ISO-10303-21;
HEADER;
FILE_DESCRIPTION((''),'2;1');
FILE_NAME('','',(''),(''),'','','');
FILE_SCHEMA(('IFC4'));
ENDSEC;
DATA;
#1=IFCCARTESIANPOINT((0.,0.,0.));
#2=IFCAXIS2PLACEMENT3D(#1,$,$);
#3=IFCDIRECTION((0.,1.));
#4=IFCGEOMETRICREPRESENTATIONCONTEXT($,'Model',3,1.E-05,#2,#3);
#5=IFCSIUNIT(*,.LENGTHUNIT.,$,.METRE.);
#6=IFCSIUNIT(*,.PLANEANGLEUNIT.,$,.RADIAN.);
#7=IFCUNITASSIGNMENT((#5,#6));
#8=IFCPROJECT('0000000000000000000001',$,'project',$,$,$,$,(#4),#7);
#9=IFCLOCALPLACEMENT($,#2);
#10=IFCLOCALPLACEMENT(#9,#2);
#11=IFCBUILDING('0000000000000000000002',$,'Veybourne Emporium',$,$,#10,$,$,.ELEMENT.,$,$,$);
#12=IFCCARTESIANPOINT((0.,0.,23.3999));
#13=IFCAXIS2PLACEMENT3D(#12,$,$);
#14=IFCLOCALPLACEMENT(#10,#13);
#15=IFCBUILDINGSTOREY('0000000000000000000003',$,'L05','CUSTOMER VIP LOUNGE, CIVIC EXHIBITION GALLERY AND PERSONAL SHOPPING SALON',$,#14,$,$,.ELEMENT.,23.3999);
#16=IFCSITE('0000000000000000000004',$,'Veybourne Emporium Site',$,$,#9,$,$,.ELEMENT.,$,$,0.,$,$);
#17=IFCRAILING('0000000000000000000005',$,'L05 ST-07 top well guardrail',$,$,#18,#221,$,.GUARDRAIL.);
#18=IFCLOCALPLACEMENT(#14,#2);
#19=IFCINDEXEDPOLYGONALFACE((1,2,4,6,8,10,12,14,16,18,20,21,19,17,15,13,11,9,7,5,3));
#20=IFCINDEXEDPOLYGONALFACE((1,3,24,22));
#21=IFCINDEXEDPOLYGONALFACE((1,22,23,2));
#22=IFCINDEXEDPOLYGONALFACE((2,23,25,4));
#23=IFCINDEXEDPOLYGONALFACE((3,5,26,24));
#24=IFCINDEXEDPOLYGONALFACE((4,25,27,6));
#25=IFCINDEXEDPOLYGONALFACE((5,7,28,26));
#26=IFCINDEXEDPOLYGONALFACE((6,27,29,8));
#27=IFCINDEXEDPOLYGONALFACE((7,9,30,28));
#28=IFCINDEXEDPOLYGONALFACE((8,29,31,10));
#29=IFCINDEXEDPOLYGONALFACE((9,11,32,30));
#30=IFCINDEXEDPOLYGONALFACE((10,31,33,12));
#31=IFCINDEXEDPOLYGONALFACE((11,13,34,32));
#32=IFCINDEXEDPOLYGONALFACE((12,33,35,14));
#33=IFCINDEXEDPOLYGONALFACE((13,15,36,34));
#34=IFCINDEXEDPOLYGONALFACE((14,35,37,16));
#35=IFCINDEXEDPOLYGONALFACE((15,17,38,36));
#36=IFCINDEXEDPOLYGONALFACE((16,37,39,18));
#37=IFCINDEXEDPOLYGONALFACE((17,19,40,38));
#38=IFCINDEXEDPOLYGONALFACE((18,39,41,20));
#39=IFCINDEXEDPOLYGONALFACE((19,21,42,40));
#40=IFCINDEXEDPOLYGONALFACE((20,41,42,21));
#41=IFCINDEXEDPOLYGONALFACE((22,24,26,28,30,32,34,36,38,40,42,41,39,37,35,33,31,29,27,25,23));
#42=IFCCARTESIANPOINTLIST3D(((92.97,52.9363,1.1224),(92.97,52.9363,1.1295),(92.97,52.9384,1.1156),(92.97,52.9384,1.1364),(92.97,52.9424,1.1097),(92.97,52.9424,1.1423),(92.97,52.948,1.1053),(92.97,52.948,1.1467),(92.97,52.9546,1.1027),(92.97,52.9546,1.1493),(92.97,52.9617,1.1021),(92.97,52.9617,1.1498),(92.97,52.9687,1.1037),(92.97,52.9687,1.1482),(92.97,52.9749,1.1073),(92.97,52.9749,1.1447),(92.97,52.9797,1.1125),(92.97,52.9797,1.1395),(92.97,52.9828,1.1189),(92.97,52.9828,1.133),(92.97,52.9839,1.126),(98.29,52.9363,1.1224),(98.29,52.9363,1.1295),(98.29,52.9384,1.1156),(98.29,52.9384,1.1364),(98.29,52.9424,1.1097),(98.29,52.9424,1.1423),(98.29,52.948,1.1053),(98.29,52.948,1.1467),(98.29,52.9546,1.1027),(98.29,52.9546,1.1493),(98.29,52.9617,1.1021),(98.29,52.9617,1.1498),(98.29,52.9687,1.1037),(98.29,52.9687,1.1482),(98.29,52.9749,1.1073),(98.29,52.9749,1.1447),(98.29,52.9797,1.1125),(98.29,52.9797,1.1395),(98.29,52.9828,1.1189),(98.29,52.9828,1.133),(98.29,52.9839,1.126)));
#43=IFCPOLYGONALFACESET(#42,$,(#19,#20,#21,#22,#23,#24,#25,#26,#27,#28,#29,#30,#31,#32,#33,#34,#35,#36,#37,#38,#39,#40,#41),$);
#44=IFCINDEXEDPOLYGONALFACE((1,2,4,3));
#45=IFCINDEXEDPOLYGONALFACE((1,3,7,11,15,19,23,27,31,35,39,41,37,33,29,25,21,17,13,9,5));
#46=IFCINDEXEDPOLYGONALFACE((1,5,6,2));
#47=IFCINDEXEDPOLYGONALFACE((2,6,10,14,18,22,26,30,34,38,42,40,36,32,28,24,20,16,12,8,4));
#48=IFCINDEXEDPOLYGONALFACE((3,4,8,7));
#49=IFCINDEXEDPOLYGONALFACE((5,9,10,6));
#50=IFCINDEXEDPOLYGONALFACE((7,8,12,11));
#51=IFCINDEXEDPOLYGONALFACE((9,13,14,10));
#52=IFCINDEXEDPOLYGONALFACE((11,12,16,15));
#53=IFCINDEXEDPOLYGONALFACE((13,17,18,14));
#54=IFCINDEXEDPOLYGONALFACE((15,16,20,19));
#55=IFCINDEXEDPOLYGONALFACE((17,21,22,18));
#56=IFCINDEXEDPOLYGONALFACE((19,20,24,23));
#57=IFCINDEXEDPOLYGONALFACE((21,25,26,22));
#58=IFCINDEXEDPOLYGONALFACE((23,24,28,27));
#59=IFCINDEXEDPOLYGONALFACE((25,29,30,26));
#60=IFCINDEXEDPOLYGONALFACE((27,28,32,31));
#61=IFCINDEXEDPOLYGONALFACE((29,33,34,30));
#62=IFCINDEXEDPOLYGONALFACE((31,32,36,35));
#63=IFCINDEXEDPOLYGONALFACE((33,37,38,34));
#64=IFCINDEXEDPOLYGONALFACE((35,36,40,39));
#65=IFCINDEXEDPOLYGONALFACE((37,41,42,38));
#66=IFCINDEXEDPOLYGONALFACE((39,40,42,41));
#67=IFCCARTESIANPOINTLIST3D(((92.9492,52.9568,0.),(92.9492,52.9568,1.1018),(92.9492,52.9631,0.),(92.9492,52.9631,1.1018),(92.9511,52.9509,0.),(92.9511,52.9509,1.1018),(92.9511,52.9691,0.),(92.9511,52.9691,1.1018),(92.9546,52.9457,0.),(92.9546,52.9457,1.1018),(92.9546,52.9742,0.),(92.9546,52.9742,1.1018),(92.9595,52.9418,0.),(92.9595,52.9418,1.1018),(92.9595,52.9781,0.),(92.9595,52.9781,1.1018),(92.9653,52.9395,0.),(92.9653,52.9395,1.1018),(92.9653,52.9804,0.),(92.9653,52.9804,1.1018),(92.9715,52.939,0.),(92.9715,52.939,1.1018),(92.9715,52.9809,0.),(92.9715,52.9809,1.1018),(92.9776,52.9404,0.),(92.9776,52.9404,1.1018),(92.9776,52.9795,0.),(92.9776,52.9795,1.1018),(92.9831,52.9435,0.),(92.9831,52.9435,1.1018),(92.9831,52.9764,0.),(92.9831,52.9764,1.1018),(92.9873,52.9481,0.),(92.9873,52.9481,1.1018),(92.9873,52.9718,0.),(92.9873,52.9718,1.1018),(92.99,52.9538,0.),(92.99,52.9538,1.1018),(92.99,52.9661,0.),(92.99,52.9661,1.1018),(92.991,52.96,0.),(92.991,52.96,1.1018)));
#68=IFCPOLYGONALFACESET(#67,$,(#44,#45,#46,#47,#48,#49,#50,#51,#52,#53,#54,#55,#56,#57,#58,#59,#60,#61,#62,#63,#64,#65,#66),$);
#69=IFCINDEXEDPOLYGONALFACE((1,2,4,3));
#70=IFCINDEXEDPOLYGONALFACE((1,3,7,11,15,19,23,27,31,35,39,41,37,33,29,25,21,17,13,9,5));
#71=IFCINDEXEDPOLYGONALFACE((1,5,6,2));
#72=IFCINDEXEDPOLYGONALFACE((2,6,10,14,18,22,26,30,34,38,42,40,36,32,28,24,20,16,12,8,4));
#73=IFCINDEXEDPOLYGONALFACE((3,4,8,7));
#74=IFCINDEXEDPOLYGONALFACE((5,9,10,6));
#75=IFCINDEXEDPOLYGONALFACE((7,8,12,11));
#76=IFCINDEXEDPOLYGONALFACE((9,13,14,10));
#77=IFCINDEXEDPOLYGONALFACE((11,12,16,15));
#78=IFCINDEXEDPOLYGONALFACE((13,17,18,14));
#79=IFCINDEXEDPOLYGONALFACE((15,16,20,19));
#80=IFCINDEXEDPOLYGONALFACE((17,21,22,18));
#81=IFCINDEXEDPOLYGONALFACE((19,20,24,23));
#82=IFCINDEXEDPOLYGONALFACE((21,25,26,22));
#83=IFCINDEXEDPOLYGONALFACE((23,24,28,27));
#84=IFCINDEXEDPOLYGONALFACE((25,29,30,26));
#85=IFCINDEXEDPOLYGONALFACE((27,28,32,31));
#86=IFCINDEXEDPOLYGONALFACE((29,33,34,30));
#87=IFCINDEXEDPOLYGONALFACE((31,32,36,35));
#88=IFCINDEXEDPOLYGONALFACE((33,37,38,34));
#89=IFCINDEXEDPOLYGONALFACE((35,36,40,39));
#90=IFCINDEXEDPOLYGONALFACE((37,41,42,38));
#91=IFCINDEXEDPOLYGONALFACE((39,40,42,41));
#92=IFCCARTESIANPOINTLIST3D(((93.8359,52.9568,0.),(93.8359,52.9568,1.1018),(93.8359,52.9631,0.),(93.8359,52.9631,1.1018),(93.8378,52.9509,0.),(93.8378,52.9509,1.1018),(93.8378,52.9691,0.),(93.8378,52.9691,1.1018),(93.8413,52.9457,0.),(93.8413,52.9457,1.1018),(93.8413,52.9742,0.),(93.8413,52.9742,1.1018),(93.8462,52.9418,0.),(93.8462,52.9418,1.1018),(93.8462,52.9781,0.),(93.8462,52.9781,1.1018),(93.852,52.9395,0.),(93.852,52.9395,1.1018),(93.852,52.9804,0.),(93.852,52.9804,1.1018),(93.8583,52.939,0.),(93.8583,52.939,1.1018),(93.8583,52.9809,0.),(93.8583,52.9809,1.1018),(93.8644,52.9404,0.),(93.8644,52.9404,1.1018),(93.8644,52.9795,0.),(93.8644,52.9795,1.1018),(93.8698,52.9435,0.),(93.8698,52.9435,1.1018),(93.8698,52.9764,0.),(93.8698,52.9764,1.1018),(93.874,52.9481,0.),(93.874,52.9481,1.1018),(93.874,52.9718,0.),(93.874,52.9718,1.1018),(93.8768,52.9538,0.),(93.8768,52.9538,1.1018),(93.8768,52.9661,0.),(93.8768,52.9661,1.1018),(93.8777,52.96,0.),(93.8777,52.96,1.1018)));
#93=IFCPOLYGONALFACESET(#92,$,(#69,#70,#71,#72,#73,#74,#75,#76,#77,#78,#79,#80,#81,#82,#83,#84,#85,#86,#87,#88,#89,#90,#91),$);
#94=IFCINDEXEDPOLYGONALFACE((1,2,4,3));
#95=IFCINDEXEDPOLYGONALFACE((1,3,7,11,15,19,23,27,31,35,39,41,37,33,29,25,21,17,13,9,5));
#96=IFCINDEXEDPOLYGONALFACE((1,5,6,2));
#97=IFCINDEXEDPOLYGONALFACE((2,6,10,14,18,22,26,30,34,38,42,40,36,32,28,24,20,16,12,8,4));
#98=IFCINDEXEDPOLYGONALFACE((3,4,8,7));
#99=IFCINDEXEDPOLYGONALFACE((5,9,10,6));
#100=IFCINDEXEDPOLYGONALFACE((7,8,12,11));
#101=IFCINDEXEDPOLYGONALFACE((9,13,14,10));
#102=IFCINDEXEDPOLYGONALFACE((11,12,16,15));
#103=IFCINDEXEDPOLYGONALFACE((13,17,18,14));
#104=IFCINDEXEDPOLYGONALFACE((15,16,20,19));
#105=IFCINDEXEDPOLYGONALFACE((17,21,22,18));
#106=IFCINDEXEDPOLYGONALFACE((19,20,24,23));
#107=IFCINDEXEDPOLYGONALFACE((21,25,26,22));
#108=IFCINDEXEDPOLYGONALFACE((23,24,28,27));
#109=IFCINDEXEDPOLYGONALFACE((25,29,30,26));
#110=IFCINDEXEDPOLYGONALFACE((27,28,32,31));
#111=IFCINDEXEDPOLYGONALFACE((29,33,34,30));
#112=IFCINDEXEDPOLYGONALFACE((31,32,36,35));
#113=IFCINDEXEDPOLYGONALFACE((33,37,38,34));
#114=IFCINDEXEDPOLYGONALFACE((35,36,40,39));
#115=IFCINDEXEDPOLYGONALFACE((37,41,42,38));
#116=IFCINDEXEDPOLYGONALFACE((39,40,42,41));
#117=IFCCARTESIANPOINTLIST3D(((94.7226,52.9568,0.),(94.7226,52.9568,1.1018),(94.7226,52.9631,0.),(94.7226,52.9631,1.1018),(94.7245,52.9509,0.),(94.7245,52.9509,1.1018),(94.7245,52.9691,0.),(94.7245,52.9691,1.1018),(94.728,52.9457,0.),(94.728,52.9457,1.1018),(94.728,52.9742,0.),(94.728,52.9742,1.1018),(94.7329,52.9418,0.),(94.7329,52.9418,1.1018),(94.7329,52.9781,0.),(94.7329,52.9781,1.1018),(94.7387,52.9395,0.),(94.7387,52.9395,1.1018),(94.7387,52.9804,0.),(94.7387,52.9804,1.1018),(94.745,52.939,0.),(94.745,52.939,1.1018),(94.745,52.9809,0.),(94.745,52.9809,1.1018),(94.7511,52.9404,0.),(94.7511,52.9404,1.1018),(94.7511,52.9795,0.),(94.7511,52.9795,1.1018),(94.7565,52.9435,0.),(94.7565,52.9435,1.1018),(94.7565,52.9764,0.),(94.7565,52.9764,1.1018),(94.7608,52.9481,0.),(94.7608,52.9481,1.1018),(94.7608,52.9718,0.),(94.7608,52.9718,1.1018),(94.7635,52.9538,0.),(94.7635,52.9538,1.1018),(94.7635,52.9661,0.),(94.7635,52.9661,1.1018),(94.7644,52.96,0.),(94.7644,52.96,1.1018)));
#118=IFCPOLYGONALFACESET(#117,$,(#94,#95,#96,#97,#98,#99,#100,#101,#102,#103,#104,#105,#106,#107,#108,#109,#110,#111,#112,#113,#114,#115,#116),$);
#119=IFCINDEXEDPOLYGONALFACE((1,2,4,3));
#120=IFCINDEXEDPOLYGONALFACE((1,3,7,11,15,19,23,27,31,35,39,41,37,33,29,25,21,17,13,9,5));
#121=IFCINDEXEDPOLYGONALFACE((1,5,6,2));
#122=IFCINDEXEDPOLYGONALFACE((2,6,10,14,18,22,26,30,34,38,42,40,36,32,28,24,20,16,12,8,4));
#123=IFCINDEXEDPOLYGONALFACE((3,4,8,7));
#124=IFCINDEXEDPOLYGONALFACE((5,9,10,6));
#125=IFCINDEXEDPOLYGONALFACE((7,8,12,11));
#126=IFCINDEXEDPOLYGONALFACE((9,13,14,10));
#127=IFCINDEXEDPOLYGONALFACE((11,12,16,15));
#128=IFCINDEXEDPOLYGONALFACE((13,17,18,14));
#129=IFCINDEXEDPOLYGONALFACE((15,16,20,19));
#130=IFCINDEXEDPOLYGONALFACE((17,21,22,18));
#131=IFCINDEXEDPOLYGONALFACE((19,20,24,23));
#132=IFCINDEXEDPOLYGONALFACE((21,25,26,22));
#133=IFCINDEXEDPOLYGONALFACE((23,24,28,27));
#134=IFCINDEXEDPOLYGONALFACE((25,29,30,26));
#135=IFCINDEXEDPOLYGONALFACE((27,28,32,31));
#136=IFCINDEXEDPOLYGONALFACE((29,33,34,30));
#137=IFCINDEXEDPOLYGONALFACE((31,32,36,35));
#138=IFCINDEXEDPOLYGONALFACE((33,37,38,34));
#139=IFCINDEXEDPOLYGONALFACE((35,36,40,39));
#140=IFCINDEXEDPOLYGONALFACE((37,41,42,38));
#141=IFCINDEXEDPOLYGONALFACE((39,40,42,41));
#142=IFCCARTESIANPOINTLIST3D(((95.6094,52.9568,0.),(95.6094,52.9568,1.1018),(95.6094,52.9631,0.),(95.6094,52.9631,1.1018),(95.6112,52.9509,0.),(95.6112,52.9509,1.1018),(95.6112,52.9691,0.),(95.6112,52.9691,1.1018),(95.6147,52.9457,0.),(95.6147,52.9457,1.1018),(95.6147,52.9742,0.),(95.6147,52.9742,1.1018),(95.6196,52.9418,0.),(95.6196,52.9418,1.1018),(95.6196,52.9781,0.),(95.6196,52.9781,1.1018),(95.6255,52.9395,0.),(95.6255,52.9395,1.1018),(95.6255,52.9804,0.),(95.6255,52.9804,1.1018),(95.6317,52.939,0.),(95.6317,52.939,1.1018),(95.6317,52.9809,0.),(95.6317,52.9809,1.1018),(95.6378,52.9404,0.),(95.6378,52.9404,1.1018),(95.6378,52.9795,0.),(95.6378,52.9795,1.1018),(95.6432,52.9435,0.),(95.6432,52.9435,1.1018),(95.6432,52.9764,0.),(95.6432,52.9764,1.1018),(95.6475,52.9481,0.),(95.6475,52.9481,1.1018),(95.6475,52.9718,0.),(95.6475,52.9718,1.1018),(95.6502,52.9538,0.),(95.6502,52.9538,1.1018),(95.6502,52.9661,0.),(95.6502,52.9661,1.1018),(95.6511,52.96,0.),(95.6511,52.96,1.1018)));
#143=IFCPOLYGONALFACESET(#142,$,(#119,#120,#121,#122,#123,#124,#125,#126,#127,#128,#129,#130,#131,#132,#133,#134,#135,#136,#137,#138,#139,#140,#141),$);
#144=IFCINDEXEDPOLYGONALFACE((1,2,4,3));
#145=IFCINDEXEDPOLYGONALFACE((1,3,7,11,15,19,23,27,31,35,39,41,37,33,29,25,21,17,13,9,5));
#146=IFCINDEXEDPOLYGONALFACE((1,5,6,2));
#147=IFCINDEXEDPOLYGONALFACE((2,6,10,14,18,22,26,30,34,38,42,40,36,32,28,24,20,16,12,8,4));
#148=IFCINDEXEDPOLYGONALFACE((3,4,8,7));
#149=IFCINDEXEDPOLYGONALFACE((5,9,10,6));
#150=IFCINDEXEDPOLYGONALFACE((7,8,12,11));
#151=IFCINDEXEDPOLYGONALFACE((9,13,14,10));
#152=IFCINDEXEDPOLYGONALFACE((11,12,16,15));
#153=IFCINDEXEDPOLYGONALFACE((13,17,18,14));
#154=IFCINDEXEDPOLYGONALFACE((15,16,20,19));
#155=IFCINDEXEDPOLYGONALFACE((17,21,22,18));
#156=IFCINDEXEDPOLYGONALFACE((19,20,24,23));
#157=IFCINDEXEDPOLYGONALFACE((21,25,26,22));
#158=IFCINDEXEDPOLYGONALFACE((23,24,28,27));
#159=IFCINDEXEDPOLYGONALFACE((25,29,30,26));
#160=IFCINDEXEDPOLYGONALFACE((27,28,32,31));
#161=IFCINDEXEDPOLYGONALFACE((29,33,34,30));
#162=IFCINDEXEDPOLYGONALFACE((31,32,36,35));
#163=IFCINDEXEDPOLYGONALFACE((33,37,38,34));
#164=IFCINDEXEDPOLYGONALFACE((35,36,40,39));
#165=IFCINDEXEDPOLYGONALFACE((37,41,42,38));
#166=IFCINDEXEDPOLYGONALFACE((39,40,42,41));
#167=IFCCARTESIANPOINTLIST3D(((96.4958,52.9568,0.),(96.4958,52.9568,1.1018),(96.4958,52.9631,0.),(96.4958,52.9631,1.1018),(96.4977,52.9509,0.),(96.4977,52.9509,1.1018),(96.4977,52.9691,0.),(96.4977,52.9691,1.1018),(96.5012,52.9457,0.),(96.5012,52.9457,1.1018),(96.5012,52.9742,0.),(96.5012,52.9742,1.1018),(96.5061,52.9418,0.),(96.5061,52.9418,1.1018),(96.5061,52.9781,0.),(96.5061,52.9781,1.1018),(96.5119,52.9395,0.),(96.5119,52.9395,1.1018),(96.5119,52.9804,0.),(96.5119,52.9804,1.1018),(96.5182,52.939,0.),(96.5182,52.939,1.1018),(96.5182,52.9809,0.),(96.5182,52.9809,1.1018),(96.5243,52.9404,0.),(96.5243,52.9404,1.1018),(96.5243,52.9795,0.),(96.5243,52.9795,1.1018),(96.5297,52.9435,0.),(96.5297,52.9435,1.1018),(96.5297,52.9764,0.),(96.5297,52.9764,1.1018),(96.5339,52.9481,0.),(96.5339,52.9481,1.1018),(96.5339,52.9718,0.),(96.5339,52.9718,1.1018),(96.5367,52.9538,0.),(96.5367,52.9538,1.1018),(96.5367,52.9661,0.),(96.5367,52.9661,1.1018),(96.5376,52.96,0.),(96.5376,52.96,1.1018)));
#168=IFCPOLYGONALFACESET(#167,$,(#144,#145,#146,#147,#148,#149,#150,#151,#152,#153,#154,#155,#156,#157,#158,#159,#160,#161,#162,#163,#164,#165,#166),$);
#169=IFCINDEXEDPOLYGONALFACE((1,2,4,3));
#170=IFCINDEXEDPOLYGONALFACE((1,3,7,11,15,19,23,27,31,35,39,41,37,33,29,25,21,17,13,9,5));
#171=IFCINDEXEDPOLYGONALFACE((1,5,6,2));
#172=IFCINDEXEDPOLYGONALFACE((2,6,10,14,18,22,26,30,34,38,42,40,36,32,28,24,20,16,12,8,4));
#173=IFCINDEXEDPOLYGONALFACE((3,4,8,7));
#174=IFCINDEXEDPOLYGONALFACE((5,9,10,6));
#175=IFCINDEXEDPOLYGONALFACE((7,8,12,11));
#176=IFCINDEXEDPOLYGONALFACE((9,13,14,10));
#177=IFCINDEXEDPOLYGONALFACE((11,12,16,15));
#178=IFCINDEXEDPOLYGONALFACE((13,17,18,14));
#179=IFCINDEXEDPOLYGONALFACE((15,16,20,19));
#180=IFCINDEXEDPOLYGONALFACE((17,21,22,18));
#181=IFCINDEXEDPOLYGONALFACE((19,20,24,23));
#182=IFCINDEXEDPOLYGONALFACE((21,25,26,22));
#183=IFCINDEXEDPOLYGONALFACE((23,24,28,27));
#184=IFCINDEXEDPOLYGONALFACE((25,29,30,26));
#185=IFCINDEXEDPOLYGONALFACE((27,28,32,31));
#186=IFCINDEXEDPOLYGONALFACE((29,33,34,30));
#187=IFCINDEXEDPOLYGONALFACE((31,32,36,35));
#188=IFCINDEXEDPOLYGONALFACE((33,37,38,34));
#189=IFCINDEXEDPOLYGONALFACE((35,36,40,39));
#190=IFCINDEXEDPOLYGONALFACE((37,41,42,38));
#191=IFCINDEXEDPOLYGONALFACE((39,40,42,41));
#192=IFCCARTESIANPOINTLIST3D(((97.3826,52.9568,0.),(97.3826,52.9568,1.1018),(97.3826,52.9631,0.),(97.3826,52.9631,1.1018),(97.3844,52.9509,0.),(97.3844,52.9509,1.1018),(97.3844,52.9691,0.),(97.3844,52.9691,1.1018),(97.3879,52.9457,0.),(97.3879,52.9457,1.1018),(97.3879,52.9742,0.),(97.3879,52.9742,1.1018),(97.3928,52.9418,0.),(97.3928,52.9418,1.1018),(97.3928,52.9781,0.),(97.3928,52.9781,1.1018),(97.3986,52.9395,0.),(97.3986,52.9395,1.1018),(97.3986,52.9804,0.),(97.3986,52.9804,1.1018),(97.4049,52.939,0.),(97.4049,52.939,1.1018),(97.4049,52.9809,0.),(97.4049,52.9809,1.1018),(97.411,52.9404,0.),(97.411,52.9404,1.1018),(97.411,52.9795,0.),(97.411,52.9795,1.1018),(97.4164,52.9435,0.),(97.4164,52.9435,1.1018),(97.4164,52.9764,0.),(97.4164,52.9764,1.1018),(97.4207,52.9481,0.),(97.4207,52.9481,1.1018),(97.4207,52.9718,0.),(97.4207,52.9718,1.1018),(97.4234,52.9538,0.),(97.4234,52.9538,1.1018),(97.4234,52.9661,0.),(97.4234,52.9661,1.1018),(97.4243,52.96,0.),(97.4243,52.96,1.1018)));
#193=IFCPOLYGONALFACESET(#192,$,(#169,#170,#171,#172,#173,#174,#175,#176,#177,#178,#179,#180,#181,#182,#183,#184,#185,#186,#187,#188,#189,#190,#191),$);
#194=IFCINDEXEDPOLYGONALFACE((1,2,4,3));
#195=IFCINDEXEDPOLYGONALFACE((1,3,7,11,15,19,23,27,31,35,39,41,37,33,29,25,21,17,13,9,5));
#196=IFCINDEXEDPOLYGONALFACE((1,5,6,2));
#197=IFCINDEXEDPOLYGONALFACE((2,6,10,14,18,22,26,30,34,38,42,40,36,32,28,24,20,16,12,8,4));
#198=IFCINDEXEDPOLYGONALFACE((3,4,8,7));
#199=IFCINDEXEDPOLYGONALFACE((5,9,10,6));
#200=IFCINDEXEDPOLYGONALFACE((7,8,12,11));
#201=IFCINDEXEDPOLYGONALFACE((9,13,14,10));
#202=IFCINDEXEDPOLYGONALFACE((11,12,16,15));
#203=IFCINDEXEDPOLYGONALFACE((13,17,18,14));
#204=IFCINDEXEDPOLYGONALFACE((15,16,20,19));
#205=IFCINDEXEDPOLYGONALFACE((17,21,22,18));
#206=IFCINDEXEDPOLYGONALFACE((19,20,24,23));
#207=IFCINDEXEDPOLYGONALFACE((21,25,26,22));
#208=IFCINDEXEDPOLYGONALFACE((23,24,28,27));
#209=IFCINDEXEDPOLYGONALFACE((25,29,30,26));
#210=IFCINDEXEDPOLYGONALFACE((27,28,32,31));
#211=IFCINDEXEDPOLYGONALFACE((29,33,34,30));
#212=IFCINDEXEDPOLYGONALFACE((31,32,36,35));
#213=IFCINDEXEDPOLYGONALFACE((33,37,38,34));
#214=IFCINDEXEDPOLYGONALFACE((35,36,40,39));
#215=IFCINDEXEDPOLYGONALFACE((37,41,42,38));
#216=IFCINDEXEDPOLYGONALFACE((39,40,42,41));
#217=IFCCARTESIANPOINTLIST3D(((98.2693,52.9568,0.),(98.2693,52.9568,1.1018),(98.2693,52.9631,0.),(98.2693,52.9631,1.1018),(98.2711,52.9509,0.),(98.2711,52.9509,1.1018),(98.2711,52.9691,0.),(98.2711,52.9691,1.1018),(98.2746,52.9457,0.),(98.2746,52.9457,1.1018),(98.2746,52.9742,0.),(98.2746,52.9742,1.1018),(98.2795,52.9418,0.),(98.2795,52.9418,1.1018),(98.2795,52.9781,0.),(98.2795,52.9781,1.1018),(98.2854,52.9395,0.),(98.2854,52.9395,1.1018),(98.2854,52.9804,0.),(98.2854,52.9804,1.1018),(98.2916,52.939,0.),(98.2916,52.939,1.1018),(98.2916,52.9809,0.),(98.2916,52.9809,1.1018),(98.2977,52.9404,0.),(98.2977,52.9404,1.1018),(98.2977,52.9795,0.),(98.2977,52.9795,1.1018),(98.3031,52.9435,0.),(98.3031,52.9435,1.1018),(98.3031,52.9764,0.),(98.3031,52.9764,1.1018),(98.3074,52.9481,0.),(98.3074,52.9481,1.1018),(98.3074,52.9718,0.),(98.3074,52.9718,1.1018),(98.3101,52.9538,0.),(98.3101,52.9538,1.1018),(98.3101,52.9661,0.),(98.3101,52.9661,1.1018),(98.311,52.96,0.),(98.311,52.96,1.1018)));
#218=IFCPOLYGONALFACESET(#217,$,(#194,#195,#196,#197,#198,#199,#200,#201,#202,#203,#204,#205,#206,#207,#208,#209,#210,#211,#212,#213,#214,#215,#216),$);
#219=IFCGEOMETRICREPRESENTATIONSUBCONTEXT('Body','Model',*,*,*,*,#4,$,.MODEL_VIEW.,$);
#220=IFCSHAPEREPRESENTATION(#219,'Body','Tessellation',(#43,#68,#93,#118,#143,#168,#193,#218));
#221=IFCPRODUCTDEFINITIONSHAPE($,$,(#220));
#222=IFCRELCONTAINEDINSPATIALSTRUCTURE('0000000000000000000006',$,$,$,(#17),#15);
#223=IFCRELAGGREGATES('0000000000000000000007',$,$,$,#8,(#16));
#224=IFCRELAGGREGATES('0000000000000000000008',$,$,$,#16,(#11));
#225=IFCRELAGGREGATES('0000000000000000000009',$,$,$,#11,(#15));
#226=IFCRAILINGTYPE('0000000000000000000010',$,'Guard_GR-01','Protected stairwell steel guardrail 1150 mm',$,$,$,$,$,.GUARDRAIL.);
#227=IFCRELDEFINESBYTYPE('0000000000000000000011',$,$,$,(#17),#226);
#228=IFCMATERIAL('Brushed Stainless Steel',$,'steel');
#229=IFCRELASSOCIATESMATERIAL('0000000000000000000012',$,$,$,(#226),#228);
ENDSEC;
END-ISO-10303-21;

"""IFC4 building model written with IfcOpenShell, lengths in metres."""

from ifc_helpers import new_model, si_unit, direction, frame, origin, origin_2d, place, context, subcontext, project, spatial, circle, extrude, material, type_object, element, save


model = new_model("IFC4")

# Units and contexts
model_context = context("Model", 3, precision=1e-05, world=origin(), true_north=direction((0.0, 1.0)))
body_context = subcontext(model_context, "Body", "Model", "MODEL_VIEW")
ifc_project = project(units=[si_unit("LENGTHUNIT", "METRE"), si_unit("PLANEANGLEUNIT", "RADIAN")], contexts=[model_context])

# Site, building, storey
site_placement = place(None, origin())
site = spatial("IfcSite", under=ifc_project, at=site_placement, Name="Veybourne Emporium Site", CompositionType="ELEMENT", RefElevation=0.0)
building_placement = place(site_placement, origin())
building = spatial("IfcBuilding", under=site, at=building_placement, Name="Veybourne Emporium", CompositionType="ELEMENT")
storey_placement = place(building_placement, frame((0.0, 0.0, 23.3999)))
storey = spatial("IfcBuildingStorey", under=building, at=storey_placement, Name="L05", Description="CUSTOMER VIP LOUNGE, CIVIC EXHIBITION GALLERY AND PERSONAL SHOPPING SALON", CompositionType="ELEMENT", Elevation=23.3999)

# Railing
ifc_material_1 = material(Name="Brushed Stainless Steel", Category="steel")
railing_type = type_object("IfcRailingType", Name="Guard_GR-01", Description="Protected stairwell steel guardrail 1150 mm", PredefinedType="GUARDRAIL", material=ifc_material_1)
railing_placement = place(storey_placement, frame((92.97, 52.96, 0.0)))
element("IfcRailing", 1, at=railing_placement, inside=storey, type_object=railing_type, Name="L05 ST-07 top well guardrail", PredefinedType="GUARDRAIL", context=body_context, shape_type="SweptSolid", body=[
    extrude(circle(Radius=0.0239, at=origin_2d()), frame((0.0, 0.0, 1.126), z_axis=(1.0, 0.0, 0.0), x_axis=(0.0, 1.0, 0.0)), (0.0, 0.0, 1.0), 5.3201),
    extrude(circle(Radius=0.021, at=origin_2d()), origin(), (0.0, 0.0, 1.0), 1.1018),
    extrude(circle(Radius=0.021, at=origin_2d()), frame((0.8867, 0.0, 0.0)), (0.0, 0.0, 1.0), 1.1018),
    extrude(circle(Radius=0.021, at=origin_2d()), frame((1.7734, 0.0, 0.0)), (0.0, 0.0, 1.0), 1.1018),
    extrude(circle(Radius=0.021, at=origin_2d()), frame((2.6602, 0.0, 0.0)), (0.0, 0.0, 1.0), 1.1018),
    extrude(circle(Radius=0.021, at=origin_2d()), frame((3.5466, 0.0, 0.0)), (0.0, 0.0, 1.0), 1.1018),
    extrude(circle(Radius=0.021, at=origin_2d()), frame((4.4333, 0.0, 0.0)), (0.0, 0.0, 1.0), 1.1018),
    extrude(circle(Radius=0.021, at=origin_2d()), frame((5.3201, 0.0, 0.0)), (0.0, 0.0, 1.0), 1.1018),
])

save(model, "model.ifc")
